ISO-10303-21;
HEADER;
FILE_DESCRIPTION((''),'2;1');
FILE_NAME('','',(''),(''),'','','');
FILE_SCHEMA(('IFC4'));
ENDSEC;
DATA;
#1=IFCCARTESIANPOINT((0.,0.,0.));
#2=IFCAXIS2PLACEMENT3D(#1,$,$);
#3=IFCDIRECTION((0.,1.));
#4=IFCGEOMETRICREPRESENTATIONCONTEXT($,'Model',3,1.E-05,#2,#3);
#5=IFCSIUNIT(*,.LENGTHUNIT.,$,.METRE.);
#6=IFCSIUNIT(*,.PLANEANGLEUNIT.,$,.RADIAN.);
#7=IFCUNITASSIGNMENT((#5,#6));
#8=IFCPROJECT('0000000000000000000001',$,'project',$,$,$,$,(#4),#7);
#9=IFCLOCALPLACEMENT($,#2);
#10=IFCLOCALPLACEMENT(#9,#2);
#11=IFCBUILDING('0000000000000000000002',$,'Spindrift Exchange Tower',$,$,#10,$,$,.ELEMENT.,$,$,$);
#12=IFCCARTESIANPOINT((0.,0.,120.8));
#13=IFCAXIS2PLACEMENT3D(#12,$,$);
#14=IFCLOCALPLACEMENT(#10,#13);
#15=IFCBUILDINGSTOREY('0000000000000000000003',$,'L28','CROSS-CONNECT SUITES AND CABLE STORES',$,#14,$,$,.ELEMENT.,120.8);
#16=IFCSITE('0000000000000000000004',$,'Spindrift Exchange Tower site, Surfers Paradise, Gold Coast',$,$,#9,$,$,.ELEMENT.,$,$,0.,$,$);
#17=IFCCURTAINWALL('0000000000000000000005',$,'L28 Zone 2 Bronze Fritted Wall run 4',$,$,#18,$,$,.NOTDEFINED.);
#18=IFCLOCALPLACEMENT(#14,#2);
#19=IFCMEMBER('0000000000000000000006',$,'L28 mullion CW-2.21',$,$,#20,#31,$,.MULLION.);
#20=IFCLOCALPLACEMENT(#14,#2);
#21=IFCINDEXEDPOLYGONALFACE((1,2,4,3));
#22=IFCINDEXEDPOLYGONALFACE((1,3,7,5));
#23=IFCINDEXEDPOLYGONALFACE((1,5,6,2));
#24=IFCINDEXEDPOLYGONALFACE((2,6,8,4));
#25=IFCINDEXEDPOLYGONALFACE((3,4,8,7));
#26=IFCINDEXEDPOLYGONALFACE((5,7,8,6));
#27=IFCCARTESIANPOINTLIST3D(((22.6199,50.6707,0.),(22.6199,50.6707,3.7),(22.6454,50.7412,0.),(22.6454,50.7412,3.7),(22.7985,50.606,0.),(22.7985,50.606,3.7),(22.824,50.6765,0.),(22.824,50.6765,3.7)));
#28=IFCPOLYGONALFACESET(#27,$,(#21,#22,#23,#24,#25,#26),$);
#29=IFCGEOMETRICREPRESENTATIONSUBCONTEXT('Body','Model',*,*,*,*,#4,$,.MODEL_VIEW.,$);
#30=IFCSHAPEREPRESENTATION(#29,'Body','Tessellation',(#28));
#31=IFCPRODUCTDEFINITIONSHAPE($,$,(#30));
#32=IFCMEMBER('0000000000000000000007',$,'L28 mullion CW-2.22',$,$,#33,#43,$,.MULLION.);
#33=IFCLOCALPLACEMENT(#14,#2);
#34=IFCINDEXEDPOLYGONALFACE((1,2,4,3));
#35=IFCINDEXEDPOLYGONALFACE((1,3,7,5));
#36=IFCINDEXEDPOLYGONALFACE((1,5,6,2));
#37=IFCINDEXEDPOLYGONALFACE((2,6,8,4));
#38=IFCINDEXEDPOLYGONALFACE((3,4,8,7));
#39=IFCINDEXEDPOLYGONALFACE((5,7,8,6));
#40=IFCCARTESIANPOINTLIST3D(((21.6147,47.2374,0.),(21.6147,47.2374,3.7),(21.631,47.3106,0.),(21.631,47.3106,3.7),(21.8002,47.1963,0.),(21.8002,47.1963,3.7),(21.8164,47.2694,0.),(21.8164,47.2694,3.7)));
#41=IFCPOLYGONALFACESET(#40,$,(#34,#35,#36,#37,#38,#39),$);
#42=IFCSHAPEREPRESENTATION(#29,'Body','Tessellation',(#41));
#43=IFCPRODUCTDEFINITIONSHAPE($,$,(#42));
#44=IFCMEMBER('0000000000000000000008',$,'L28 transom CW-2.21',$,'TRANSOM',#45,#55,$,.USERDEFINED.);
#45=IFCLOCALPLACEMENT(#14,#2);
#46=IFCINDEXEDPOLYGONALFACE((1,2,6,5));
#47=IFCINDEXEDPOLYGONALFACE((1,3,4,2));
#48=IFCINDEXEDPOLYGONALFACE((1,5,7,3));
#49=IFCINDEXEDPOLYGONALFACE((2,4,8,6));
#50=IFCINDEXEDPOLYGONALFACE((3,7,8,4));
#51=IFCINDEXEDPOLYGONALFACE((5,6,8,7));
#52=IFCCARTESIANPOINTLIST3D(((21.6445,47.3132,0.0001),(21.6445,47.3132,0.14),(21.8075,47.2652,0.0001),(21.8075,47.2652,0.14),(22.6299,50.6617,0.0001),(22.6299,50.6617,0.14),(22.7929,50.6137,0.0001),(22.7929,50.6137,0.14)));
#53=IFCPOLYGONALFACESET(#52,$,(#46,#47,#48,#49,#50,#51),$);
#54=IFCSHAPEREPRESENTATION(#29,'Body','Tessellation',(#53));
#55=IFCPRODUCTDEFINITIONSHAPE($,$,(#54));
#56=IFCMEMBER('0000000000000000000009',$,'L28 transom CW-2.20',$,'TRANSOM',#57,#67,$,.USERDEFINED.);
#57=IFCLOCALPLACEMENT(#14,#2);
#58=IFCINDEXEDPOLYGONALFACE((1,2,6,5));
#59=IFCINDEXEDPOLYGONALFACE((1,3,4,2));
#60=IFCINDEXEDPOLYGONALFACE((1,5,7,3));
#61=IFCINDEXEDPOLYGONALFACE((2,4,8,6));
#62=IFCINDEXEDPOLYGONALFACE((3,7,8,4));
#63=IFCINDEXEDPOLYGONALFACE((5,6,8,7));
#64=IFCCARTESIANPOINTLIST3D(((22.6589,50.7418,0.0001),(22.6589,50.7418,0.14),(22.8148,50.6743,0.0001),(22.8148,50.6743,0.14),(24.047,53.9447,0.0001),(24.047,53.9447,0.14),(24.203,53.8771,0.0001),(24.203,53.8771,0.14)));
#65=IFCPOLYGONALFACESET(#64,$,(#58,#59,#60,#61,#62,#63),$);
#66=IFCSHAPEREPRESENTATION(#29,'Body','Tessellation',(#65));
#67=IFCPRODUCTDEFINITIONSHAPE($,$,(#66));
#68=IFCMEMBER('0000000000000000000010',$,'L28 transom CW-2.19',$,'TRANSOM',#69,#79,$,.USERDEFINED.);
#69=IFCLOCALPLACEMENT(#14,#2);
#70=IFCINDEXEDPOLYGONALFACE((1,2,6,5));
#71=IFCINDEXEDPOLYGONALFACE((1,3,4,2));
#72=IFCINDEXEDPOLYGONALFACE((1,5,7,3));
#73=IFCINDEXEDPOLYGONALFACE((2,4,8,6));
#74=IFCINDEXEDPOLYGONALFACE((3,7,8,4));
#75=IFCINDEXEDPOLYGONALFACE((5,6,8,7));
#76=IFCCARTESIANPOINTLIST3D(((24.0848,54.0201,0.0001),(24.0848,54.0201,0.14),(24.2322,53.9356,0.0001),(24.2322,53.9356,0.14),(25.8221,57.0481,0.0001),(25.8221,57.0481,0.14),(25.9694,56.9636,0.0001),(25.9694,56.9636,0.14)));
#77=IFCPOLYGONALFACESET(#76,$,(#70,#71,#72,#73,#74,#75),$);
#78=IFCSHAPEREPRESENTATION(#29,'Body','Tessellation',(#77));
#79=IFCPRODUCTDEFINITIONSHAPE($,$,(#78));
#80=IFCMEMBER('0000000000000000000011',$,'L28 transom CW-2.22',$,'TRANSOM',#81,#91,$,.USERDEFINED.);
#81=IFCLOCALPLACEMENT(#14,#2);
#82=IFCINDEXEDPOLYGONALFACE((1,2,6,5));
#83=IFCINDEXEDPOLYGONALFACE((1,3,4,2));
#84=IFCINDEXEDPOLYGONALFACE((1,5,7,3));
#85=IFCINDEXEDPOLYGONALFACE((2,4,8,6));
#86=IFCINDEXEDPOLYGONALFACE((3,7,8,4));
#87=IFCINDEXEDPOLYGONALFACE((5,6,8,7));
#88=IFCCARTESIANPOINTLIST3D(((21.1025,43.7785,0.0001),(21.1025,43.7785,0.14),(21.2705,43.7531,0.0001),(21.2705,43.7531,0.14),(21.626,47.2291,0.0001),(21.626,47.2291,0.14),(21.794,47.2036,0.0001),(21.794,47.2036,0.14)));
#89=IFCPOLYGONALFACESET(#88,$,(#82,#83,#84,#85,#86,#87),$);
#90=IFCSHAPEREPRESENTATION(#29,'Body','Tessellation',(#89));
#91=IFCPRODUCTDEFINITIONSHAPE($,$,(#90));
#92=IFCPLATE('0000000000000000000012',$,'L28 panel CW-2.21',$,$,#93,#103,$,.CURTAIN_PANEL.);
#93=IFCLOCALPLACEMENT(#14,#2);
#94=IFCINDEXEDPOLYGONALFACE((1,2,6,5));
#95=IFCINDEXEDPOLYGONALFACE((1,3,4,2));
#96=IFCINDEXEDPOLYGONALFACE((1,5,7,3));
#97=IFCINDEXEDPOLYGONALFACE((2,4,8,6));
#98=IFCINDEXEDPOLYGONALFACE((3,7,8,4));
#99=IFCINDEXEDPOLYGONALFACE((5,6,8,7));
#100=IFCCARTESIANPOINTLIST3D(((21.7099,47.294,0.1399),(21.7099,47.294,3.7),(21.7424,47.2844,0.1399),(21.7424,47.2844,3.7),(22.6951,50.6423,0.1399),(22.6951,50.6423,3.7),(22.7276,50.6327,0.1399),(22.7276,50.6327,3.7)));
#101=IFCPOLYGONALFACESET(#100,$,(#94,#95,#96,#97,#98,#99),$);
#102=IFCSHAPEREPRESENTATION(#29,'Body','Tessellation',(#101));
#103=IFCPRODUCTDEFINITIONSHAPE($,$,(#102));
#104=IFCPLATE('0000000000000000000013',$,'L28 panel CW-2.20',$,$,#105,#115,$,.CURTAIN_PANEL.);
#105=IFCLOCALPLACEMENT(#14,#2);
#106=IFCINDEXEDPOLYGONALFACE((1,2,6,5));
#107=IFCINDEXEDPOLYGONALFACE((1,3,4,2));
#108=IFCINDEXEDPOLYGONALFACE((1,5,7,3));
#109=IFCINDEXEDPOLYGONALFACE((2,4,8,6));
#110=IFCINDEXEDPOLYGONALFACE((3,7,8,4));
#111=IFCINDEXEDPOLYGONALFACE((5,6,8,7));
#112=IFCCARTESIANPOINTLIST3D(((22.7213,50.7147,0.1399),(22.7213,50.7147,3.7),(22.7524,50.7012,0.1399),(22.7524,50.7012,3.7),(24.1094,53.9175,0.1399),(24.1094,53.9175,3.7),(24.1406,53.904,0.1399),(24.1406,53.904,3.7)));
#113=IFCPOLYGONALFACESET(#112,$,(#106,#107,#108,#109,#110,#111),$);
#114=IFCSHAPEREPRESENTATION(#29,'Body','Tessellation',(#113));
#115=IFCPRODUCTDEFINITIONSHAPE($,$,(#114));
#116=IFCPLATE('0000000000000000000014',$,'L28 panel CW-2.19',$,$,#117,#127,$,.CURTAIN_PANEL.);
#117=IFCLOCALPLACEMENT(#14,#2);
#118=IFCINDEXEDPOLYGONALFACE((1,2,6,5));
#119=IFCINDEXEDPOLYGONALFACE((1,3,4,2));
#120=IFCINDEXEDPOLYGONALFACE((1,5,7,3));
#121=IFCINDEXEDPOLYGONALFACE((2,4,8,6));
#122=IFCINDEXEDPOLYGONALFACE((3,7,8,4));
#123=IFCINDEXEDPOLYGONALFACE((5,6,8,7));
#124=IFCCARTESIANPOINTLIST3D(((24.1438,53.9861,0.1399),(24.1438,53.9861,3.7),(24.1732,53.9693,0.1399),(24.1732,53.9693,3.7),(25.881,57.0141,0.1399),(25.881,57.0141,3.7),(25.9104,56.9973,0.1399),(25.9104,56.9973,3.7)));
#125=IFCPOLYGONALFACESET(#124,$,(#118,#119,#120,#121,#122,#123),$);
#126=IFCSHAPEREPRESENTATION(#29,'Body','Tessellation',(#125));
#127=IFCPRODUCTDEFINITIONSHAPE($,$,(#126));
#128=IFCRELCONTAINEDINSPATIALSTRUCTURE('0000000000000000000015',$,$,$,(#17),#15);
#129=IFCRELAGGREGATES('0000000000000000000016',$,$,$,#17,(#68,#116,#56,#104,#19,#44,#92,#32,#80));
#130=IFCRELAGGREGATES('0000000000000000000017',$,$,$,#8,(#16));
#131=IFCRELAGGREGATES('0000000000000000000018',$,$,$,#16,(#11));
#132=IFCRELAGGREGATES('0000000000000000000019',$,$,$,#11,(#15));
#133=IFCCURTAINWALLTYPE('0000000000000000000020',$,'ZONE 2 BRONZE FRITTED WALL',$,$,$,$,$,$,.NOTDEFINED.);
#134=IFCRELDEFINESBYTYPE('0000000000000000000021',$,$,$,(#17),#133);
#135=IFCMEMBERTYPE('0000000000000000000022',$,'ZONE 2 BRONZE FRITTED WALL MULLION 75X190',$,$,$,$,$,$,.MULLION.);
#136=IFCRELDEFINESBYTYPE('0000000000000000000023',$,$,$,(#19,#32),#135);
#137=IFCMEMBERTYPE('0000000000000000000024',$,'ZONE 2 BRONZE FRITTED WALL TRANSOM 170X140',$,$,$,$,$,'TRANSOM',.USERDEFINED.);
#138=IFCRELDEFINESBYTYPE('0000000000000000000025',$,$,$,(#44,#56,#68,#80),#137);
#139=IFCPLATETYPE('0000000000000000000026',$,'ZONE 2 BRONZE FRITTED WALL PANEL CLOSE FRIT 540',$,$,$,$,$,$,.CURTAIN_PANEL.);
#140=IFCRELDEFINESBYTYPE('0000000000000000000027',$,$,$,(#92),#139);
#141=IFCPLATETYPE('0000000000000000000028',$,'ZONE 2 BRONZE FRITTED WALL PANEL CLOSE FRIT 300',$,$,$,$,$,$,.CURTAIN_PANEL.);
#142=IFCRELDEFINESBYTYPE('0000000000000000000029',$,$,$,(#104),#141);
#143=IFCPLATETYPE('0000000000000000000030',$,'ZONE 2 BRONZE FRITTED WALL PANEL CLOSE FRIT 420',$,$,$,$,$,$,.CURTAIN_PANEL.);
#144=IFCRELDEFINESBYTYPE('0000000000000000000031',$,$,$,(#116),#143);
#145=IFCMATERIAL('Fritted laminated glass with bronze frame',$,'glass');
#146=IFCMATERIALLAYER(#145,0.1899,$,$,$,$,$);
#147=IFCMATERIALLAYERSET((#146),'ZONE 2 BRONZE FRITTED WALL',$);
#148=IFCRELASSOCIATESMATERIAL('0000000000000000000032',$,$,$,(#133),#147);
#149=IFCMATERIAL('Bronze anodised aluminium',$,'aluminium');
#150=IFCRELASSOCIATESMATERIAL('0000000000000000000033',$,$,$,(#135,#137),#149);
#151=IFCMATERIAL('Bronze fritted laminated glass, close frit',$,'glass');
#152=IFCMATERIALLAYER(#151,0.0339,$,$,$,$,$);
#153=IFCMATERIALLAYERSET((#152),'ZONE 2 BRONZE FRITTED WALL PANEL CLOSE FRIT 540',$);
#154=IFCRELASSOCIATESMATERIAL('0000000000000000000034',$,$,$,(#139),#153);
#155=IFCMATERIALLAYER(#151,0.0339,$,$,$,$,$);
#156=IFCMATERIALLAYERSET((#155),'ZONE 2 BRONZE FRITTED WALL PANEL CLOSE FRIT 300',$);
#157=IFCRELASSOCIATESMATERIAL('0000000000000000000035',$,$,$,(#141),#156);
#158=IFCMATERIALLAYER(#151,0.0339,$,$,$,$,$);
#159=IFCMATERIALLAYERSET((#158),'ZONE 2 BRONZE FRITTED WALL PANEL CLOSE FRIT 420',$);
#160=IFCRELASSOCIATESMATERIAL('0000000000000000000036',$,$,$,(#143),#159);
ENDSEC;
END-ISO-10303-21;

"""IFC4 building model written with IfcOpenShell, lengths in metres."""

from ifc_helpers import new_model, si_unit, direction, frame, origin, origin_2d, place, context, subcontext, project, spatial, rectangle, extrude, source, transform, mapped, material, layer, layer_set, material_profile, profile_set, type_object, element, aggregate, save


model = new_model("IFC4")

# Units and contexts
model_context = context("Model", 3, precision=1e-05, world=origin(), true_north=direction((0.0, 1.0)))
body_context = subcontext(model_context, "Body", "Model", "MODEL_VIEW")
ifc_project = project(units=[si_unit("LENGTHUNIT", "METRE"), si_unit("PLANEANGLEUNIT", "RADIAN")], contexts=[model_context])

# Site, building, storey
site_placement = place(None, origin())
site = spatial("IfcSite", under=ifc_project, at=site_placement, Name="Spindrift Exchange Tower site, Surfers Paradise, Gold Coast", CompositionType="ELEMENT", RefElevation=0.0)
building_placement = place(site_placement, origin())
building = spatial("IfcBuilding", under=site, at=building_placement, Name="Spindrift Exchange Tower", CompositionType="ELEMENT")
storey_placement = place(building_placement, frame((0.0, 0.0, 120.8)))
storey = spatial("IfcBuildingStorey", under=building, at=storey_placement, Name="L28", Description="CROSS-CONNECT SUITES AND CABLE STORES", CompositionType="ELEMENT", Elevation=120.8)

# Curtain wall, members, plates
ifc_material_1 = material(Name="Fritted laminated glass with bronze frame", Category="glass")
ifc_layer_1 = layer(ifc_material_1, 0.1899)
ifc_layer_set_1 = layer_set([ifc_layer_1], Name="ZONE 2 BRONZE FRITTED WALL")
curtain_wall_type = type_object("IfcCurtainWallType", Name="ZONE 2 BRONZE FRITTED WALL", PredefinedType="NOTDEFINED", material=ifc_layer_set_1)
curtain_wall_placement = place(storey_placement, origin())
curtain_wall = element("IfcCurtainWall", 1, at=curtain_wall_placement, inside=storey, type_object=curtain_wall_type, Name="L28 Zone 2 Bronze Fritted Wall run 4", PredefinedType="NOTDEFINED")
ifc_material_2 = material(Name="Bronze anodised aluminium", Category="aluminium")
ifc_material_profile_1 = material_profile(ifc_material_2, rectangle(XDim=0.075, YDim=0.1899, at=origin_2d()), Name="ZONE 2 BRONZE FRITTED WALL MULLION 75X190")
ifc_profile_set_1 = profile_set([ifc_material_profile_1], Name="Bronze anodised aluminium")
member_type_1 = type_object("IfcMemberType", Name="ZONE 2 BRONZE FRITTED WALL MULLION 75X190", PredefinedType="MULLION", material=ifc_profile_set_1)
shared_shape_1 = source(origin(), body_context, "Body", "SweptSolid", [
    extrude(rectangle(XDim=0.075, YDim=0.1899, at=origin_2d()), origin(), (0.0, 0.0, 1.0), 3.7),
])
member_1_placement = place(storey_placement, frame((22.7219, 50.6736, 0.0), z_axis=(0.0, 0.0, 1.0), x_axis=(-0.340615, -0.940203, 0.0)))
member_1 = element("IfcMember", 2, at=member_1_placement, type_object=member_type_1, Name="L28 mullion CW-2.21", PredefinedType="MULLION", context=body_context, shape_type="MappedRepresentation", body=[
    mapped(shared_shape_1, transform((0.0, 0.0, 0.0), scale=1.0)),
])
member_2_placement = place(storey_placement, frame((21.7156, 47.2534, 0.0), z_axis=(0.0, 0.0, 1.0), x_axis=(-0.216608, -0.976259, 0.0)))
member_2 = element("IfcMember", 3, at=member_2_placement, type_object=member_type_1, Name="L28 mullion CW-2.22", PredefinedType="MULLION", context=body_context, shape_type="MappedRepresentation", body=[
    mapped(shared_shape_1, transform((0.0, 0.0, 0.0), scale=1.0)),
])
ifc_material_profile_2 = material_profile(ifc_material_2, rectangle(XDim=0.1699, YDim=0.1399, at=origin_2d()), Name="ZONE 2 BRONZE FRITTED WALL TRANSOM 170X140")
ifc_profile_set_2 = profile_set([ifc_material_profile_2], Name="Bronze anodised aluminium")
member_type_2 = type_object("IfcMemberType", Name="ZONE 2 BRONZE FRITTED WALL TRANSOM 170X140", ElementType="TRANSOM", PredefinedType="USERDEFINED", material=ifc_profile_set_2)
shared_shape_2 = source(origin(), body_context, "Body", "SweptSolid", [
    extrude(rectangle(XDim=0.1699, YDim=0.1399, at=origin_2d()), origin(), (0.0, 0.0, 1.0), 3.4905),
])
member_3_placement = place(storey_placement, frame((22.7114, 50.6377, 0.0701), z_axis=(-0.282306, -0.959324, 0.0), x_axis=(0.959324, -0.282306, 0.0)))
member_3 = element("IfcMember", 4, at=member_3_placement, type_object=member_type_2, Name="L28 transom CW-2.21", ObjectType="TRANSOM", PredefinedType="USERDEFINED", context=body_context, shape_type="MappedRepresentation", body=[
    mapped(shared_shape_2, transform((0.0, 0.0, 0.0), scale=1.0)),
])
shared_shape_3 = source(origin(), body_context, "Body", "SweptSolid", [
    extrude(rectangle(XDim=0.1699, YDim=0.1399, at=origin_2d()), origin(), (0.0, 0.0, 1.0), 3.4907),
])
member_4_placement = place(storey_placement, frame((24.125, 53.9109, 0.0701), z_axis=(-0.397672, -0.917528, 0.0), x_axis=(0.917528, -0.397672, 0.0)))
member_4 = element("IfcMember", 5, at=member_4_placement, type_object=member_type_2, Name="L28 transom CW-2.20", ObjectType="TRANSOM", PredefinedType="USERDEFINED", context=body_context, shape_type="MappedRepresentation", body=[
    mapped(shared_shape_3, transform((0.0, 0.0, 0.0), scale=1.0)),
])
shared_shape_4 = source(origin(), body_context, "Body", "SweptSolid", [
    extrude(rectangle(XDim=0.1699, YDim=0.1399, at=origin_2d()), origin(), (0.0, 0.0, 1.0), 3.491),
])
member_5_placement = place(storey_placement, frame((25.8958, 57.0059, 0.0701), z_axis=(-0.497644, -0.867381, 0.0), x_axis=(0.867381, -0.497644, 0.0)))
member_5 = element("IfcMember", 6, at=member_5_placement, type_object=member_type_2, Name="L28 transom CW-2.19", ObjectType="TRANSOM", PredefinedType="USERDEFINED", context=body_context, shape_type="MappedRepresentation", body=[
    mapped(shared_shape_4, transform((0.0, 0.0, 0.0), scale=1.0)),
])
shared_shape_5 = source(origin(), body_context, "Body", "SweptSolid", [
    extrude(rectangle(XDim=0.1699, YDim=0.1399, at=origin_2d()), origin(), (0.0, 0.0, 1.0), 3.49),
])
member_6_placement = place(storey_placement, frame((21.71, 47.2163, 0.0701), z_axis=(-0.149986, -0.988688, 0.0), x_axis=(0.988688, -0.149986, 0.0)))
member_6 = element("IfcMember", 7, at=member_6_placement, type_object=member_type_2, Name="L28 transom CW-2.22", ObjectType="TRANSOM", PredefinedType="USERDEFINED", context=body_context, shape_type="MappedRepresentation", body=[
    mapped(shared_shape_5, transform((0.0, 0.0, 0.0), scale=1.0)),
])
ifc_material_3 = material(Name="Bronze fritted laminated glass, close frit", Category="glass")
ifc_layer_2 = layer(ifc_material_3, 0.0339)
ifc_layer_set_2 = layer_set([ifc_layer_2], Name="ZONE 2 BRONZE FRITTED WALL PANEL CLOSE FRIT 540")
plate_type_1 = type_object("IfcPlateType", Name="ZONE 2 BRONZE FRITTED WALL PANEL CLOSE FRIT 540", PredefinedType="CURTAIN_PANEL", material=ifc_layer_set_2)
shared_shape_6 = source(origin(), body_context, "Body", "SweptSolid", [
    extrude(rectangle(XDim=3.4902, YDim=0.0339, at=origin_2d()), origin(), (0.0, 0.0, 1.0), 3.5601),
])
plate_1_placement = place(storey_placement, frame((22.2188, 48.9634, 0.1399), z_axis=(0.0, 0.0, 1.0), x_axis=(-0.282278, -0.959333, 0.0)))
plate_1 = element("IfcPlate", 8, at=plate_1_placement, type_object=plate_type_1, Name="L28 panel CW-2.21", PredefinedType="CURTAIN_PANEL", context=body_context, shape_type="MappedRepresentation", body=[
    mapped(shared_shape_6, transform((0.0, 0.0, 0.0), scale=1.0)),
])
ifc_layer_3 = layer(ifc_material_3, 0.0339)
ifc_layer_set_3 = layer_set([ifc_layer_3], Name="ZONE 2 BRONZE FRITTED WALL PANEL CLOSE FRIT 300")
plate_type_2 = type_object("IfcPlateType", Name="ZONE 2 BRONZE FRITTED WALL PANEL CLOSE FRIT 300", PredefinedType="CURTAIN_PANEL", material=ifc_layer_set_3)
shared_shape_7 = source(origin(), body_context, "Body", "SweptSolid", [
    extrude(rectangle(XDim=3.4907, YDim=0.0339, at=origin_2d()), origin(), (0.0, 0.0, 1.0), 3.5601),
])
plate_2_placement = place(storey_placement, frame((23.4309, 52.3093, 0.1399), z_axis=(0.0, 0.0, 1.0), x_axis=(-0.39767, -0.917529, 0.0)))
plate_2 = element("IfcPlate", 9, at=plate_2_placement, type_object=plate_type_2, Name="L28 panel CW-2.20", PredefinedType="CURTAIN_PANEL", context=body_context, shape_type="MappedRepresentation", body=[
    mapped(shared_shape_7, transform((0.0, 0.0, 0.0), scale=1.0)),
])
ifc_layer_4 = layer(ifc_material_3, 0.0339)
ifc_layer_set_4 = layer_set([ifc_layer_4], Name="ZONE 2 BRONZE FRITTED WALL PANEL CLOSE FRIT 420")
plate_type_3 = type_object("IfcPlateType", Name="ZONE 2 BRONZE FRITTED WALL PANEL CLOSE FRIT 420", PredefinedType="CURTAIN_PANEL", material=ifc_layer_set_4)
shared_shape_8 = source(origin(), body_context, "Body", "SweptSolid", [
    extrude(rectangle(XDim=3.491, YDim=0.0339, at=origin_2d()), origin(), (0.0, 0.0, 1.0), 3.5601),
])
plate_3_placement = place(storey_placement, frame((25.0271, 55.4917, 0.1399), z_axis=(0.0, 0.0, 1.0), x_axis=(-0.497642, -0.867383, 0.0)))
plate_3 = element("IfcPlate", 10, at=plate_3_placement, type_object=plate_type_3, Name="L28 panel CW-2.19", PredefinedType="CURTAIN_PANEL", context=body_context, shape_type="MappedRepresentation", body=[
    mapped(shared_shape_8, transform((0.0, 0.0, 0.0), scale=1.0)),
])
aggregate(curtain_wall, [member_5, plate_3, member_4, plate_2, member_1, member_3, plate_1, member_2, member_6])

save(model, "model.ifc")
